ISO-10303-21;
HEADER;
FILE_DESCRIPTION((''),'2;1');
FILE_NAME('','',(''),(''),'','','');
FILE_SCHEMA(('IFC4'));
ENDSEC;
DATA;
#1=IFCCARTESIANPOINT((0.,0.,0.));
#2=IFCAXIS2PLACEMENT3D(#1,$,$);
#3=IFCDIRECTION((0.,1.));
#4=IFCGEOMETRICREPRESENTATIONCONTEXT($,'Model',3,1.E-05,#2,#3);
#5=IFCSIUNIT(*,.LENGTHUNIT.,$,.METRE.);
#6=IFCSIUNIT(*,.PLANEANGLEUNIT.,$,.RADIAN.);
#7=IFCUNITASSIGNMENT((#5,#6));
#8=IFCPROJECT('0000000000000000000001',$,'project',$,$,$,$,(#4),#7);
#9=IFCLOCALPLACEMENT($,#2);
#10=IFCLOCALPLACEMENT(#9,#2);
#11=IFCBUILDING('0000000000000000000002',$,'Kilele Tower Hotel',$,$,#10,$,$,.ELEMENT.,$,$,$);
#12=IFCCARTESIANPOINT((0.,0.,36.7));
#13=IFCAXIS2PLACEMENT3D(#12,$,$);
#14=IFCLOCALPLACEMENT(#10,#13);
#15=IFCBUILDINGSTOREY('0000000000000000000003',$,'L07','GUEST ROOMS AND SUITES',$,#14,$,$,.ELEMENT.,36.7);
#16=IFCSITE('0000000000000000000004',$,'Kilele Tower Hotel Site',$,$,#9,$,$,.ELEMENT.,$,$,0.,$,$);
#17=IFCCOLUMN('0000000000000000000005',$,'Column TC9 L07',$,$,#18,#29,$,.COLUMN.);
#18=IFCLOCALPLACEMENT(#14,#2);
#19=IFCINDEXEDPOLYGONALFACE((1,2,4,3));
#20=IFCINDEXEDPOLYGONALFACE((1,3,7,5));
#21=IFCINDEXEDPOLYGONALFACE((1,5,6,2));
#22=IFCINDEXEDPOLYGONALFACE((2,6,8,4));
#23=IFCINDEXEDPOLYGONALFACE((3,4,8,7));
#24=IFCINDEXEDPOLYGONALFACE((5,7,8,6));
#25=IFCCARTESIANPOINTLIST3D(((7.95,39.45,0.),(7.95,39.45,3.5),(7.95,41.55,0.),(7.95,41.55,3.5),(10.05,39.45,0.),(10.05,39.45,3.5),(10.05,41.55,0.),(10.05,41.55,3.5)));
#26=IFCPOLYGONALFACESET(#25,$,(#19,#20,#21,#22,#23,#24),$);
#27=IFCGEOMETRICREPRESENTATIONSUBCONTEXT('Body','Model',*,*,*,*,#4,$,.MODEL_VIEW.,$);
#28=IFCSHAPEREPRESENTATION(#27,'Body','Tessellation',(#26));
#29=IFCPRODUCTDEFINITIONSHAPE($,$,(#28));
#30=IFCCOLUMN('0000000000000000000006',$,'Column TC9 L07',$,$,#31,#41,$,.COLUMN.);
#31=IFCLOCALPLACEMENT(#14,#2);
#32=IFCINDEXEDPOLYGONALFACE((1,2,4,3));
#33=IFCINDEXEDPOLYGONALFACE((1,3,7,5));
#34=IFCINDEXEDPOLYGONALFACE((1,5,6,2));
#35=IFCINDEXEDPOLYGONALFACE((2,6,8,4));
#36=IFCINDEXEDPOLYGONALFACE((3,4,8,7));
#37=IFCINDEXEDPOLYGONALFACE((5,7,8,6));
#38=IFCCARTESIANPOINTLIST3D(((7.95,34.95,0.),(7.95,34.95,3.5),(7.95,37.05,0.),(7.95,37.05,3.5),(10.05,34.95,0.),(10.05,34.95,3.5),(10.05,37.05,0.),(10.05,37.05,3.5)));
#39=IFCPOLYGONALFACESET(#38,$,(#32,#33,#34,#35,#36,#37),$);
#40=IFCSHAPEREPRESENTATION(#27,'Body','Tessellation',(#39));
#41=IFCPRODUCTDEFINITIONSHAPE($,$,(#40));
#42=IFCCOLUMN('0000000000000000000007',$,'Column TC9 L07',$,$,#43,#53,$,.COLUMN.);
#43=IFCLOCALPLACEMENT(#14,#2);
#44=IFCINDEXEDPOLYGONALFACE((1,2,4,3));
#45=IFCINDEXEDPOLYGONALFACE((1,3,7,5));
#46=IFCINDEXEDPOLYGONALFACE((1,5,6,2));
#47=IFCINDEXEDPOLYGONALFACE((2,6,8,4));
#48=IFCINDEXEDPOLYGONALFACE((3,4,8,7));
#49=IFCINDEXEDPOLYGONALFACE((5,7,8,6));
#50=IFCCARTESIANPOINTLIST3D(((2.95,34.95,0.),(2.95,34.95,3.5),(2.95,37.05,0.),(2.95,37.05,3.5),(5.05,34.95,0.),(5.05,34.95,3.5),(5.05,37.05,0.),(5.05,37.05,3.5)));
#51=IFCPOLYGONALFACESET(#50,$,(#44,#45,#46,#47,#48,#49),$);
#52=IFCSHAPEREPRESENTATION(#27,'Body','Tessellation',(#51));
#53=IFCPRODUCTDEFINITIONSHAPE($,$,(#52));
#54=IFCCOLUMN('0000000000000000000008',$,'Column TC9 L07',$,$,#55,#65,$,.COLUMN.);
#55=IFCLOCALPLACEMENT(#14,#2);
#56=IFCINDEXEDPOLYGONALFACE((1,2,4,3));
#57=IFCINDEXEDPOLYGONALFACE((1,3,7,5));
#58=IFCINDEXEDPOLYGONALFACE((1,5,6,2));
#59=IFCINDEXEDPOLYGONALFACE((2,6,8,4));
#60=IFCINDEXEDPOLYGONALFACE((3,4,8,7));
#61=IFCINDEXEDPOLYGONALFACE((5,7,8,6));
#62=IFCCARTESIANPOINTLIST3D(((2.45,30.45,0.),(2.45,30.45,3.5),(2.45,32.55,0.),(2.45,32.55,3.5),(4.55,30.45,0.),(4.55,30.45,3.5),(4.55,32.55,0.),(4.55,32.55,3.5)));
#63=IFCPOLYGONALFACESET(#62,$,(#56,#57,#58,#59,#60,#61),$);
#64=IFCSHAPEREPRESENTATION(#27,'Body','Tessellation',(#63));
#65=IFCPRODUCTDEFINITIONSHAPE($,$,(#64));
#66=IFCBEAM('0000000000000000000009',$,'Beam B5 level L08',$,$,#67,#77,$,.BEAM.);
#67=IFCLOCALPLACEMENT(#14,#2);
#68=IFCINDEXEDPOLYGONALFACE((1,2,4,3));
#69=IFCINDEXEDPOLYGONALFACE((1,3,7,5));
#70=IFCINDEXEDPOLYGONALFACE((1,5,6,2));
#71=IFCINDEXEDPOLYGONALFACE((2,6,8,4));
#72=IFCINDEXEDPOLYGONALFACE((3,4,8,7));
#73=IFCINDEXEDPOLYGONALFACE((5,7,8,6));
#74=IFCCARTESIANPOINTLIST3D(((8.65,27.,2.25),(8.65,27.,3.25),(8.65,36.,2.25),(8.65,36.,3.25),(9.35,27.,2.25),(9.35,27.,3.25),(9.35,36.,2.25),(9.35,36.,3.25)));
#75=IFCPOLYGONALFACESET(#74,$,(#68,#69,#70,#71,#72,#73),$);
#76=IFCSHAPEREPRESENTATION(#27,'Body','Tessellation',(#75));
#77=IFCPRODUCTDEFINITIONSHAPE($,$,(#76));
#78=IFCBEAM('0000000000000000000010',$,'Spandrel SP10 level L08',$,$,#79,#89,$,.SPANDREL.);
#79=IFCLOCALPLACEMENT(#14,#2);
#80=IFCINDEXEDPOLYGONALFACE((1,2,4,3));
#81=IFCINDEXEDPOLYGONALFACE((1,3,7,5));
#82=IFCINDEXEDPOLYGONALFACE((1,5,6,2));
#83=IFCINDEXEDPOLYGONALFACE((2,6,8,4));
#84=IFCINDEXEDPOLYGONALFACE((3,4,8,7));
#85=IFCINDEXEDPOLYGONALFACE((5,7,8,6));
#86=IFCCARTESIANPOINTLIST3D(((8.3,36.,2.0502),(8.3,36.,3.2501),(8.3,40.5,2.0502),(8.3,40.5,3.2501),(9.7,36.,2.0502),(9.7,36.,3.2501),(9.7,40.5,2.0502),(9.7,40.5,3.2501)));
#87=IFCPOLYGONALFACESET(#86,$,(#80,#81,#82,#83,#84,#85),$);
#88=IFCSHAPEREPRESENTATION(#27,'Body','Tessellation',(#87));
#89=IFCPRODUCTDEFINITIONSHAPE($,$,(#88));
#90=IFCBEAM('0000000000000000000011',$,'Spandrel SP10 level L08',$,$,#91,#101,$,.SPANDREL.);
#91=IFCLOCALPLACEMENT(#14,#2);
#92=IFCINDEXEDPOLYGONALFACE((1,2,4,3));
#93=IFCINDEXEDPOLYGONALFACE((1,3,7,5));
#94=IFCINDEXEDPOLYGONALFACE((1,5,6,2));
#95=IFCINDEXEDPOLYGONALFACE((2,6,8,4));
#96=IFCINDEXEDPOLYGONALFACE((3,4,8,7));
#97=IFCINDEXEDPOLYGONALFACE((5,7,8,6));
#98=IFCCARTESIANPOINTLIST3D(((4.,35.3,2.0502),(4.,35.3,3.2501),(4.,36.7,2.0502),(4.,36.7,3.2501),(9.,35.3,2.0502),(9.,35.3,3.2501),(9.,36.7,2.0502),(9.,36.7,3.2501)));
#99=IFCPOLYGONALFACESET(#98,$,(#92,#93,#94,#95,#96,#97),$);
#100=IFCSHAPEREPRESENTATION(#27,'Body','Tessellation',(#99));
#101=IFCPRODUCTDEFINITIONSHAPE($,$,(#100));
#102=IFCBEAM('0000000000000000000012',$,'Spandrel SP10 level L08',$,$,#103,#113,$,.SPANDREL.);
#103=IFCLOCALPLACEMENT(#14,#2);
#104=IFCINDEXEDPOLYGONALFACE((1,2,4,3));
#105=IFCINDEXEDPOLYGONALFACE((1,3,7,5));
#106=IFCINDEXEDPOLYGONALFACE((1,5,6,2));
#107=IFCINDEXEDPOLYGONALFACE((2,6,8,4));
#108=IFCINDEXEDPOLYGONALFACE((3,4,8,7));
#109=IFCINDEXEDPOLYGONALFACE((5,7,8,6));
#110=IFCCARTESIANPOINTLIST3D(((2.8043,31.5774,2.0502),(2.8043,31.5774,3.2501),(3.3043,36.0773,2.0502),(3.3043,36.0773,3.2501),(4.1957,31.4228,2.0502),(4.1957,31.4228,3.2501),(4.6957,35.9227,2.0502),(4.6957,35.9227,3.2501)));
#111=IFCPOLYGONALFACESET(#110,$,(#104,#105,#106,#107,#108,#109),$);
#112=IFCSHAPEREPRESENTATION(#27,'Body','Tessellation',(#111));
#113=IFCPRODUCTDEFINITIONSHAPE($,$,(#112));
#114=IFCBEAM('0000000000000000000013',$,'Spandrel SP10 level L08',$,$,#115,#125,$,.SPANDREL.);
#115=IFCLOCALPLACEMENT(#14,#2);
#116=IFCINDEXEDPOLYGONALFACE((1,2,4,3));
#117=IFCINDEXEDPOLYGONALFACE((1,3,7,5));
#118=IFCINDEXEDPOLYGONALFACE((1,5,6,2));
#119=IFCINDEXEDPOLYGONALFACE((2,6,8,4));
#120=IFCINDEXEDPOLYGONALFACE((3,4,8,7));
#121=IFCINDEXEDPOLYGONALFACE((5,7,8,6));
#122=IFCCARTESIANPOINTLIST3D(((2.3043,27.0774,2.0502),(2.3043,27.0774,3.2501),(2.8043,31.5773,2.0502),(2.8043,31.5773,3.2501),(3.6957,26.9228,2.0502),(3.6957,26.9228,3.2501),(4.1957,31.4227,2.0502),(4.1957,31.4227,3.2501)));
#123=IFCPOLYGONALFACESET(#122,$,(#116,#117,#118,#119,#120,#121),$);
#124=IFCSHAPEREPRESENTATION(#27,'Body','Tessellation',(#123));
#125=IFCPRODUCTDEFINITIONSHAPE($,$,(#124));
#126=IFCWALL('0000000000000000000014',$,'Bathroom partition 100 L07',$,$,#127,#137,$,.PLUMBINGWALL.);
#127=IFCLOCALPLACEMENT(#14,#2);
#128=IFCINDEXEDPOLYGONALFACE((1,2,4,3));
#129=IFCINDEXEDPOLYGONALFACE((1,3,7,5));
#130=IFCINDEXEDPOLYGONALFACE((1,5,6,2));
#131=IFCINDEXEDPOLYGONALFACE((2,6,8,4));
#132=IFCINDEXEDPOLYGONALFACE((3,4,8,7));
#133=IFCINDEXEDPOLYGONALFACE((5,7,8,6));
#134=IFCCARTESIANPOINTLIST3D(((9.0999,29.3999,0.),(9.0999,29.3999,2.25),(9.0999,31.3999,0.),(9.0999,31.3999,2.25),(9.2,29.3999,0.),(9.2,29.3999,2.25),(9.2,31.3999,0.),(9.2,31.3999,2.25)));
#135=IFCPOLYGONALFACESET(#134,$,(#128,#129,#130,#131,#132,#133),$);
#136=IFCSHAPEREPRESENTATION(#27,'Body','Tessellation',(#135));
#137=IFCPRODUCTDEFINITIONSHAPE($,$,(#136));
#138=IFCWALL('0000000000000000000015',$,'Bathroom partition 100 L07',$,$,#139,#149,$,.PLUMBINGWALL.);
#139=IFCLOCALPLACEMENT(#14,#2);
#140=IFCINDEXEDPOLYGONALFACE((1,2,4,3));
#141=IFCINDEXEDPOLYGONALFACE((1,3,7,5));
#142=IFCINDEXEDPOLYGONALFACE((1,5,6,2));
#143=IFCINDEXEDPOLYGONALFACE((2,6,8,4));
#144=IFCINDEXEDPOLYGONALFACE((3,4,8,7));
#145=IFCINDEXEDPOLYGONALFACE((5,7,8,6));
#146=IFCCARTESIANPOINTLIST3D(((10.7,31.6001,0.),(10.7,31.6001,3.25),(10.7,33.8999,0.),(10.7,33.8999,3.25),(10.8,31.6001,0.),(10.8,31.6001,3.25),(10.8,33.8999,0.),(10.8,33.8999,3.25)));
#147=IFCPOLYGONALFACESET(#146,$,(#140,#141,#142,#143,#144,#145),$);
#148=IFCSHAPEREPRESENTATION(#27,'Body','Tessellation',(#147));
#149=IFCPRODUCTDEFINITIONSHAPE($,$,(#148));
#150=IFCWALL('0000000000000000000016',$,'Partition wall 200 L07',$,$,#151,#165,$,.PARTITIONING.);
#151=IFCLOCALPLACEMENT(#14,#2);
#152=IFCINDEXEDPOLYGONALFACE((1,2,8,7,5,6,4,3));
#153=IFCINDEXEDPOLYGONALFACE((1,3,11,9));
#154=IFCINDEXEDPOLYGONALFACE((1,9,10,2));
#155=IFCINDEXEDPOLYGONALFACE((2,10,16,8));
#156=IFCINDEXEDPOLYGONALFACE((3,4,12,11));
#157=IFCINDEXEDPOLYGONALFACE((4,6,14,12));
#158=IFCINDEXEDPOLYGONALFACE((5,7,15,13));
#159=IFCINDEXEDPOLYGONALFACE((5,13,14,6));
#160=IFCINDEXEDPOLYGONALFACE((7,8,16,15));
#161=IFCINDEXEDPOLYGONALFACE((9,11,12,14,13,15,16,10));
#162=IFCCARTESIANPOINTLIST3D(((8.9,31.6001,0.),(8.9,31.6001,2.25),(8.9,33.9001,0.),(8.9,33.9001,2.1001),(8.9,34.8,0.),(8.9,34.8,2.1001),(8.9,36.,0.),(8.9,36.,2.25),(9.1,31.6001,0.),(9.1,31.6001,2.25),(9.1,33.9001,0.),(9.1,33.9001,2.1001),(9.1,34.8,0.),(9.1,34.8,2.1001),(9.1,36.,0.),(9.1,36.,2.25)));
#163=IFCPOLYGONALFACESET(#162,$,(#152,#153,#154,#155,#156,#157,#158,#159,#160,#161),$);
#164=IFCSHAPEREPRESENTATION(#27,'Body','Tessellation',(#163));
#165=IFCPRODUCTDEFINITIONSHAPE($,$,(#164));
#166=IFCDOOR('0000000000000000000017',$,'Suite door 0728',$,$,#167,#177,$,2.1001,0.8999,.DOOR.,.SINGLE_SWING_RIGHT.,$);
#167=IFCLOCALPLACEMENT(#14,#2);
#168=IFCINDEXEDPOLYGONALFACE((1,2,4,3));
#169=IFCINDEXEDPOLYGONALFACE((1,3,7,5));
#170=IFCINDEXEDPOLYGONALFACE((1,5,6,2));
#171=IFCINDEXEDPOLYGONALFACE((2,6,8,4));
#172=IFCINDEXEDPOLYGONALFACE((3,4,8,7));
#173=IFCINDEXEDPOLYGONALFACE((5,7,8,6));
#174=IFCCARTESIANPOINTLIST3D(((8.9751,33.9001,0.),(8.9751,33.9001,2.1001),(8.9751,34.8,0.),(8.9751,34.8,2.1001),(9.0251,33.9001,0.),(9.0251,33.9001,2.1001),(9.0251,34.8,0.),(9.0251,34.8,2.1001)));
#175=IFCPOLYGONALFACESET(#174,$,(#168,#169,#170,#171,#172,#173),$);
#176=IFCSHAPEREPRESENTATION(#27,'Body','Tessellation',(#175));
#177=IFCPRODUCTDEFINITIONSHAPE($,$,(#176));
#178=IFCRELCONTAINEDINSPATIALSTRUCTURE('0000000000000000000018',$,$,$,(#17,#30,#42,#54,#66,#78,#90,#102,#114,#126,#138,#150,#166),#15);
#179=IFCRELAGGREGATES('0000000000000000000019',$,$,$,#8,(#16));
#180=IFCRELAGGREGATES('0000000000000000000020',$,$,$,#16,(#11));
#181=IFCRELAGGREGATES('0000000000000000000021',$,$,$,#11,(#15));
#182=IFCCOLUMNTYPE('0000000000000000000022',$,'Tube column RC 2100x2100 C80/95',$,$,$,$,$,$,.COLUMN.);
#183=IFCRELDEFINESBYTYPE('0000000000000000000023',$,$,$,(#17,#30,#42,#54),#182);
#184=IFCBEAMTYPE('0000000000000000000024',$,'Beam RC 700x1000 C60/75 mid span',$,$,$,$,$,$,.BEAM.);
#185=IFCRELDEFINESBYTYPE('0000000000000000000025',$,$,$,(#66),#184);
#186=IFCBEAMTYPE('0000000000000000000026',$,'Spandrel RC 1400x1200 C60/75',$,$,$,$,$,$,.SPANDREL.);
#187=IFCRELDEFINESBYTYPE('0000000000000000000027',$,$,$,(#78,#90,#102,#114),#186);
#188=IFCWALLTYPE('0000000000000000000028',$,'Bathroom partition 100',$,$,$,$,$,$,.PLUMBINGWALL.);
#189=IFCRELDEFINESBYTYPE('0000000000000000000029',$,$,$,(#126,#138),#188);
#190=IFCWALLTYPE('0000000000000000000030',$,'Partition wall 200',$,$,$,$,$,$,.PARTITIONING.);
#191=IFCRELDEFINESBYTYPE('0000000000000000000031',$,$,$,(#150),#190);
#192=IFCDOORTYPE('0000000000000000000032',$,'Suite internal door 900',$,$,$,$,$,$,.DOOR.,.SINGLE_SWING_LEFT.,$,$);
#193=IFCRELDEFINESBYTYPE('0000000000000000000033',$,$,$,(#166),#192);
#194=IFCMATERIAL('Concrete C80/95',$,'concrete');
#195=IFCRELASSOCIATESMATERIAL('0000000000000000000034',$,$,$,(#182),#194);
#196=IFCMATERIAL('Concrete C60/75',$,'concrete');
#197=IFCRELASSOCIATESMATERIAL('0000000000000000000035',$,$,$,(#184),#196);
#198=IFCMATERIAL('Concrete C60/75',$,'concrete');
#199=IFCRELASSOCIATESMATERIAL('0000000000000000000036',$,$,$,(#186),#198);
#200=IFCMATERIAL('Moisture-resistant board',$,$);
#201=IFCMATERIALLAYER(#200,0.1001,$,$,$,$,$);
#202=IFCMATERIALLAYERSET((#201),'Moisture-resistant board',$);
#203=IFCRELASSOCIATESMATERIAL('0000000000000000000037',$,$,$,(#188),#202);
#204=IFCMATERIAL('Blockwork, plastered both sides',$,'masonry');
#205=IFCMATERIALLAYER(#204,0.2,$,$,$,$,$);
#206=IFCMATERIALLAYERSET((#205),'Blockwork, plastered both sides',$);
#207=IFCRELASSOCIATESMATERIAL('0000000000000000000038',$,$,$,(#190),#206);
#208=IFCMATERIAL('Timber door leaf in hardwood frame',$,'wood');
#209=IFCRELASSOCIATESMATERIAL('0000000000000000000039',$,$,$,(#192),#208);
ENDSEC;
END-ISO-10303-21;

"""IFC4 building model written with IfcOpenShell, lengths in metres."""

from ifc_helpers import new_model, si_unit, direction, frame, frame_2d, origin, origin_2d, place, context, subcontext, project, spatial, rectangle, extrude, material, layer, layer_set, material_profile, profile_set, type_object, element, fill, save


model = new_model("IFC4")

# Units and contexts
model_context = context("Model", 3, precision=1e-05, world=origin(), true_north=direction((0.0, 1.0)))
body_context = subcontext(model_context, "Body", "Model", "MODEL_VIEW")
ifc_project = project(units=[si_unit("LENGTHUNIT", "METRE"), si_unit("PLANEANGLEUNIT", "RADIAN")], contexts=[model_context])

# Site, building, storey
site_placement = place(None, origin())
site = spatial("IfcSite", under=ifc_project, at=site_placement, Name="Kilele Tower Hotel Site", CompositionType="ELEMENT", RefElevation=0.0)
building_placement = place(site_placement, origin())
building = spatial("IfcBuilding", under=site, at=building_placement, Name="Kilele Tower Hotel", CompositionType="ELEMENT")
storey_placement = place(building_placement, frame((0.0, 0.0, 36.7)))
storey = spatial("IfcBuildingStorey", under=building, at=storey_placement, Name="L07", Description="GUEST ROOMS AND SUITES", CompositionType="ELEMENT", Elevation=36.7)

# Columns
ifc_material_1 = material(Name="Concrete C80/95", Category="concrete")
ifc_material_profile_1 = material_profile(ifc_material_1, rectangle(XDim=2.1001, YDim=2.1001, at=origin_2d()))
ifc_profile_set_1 = profile_set([ifc_material_profile_1], Name="Concrete C80/95")
column_type = type_object("IfcColumnType", Name="Tube column RC 2100x2100 C80/95", PredefinedType="COLUMN", material=ifc_profile_set_1)
for number, where, z_axis, x_axis, name in (
    (1, (9.0, 40.5, 0.0), (0.0, 0.0, 1.0), (1.0, 0.0, 0.0), "Column TC9 L07"),
    (2, (9.0, 36.0, 0.0), (0.0, 0.0, 1.0), (1.0, 0.0, 0.0), "Column TC9 L07"),
    (3, (4.0, 36.0, 0.0), (0.0, 0.0, 1.0), (1.0, 0.0, 0.0), "Column TC9 L07"),
    (4, (3.5, 31.5, 0.0), (0.0, 0.0, 1.0), (1.0, 0.0, 0.0), "Column TC9 L07"),
):
    element("IfcColumn", number, at=place(storey_placement, frame(where, z_axis=z_axis, x_axis=x_axis)), inside=storey, type_object=column_type, Name=name, PredefinedType="COLUMN", context=body_context, shape_type="SweptSolid", body=[
        extrude(rectangle(XDim=2.1001, YDim=2.1001, at=origin_2d()), origin(), (0.0, 0.0, 1.0), 3.5),
    ])

# Beams
ifc_material_2 = material(Name="Concrete C60/75", Category="concrete")
ifc_material_profile_2 = material_profile(ifc_material_2, rectangle(XDim=0.7, YDim=1.0, at=origin_2d()))
ifc_profile_set_2 = profile_set([ifc_material_profile_2], Name="Concrete C60/75")
beam_type_1 = type_object("IfcBeamType", Name="Beam RC 700x1000 C60/75 mid span", PredefinedType="BEAM", material=ifc_profile_set_2)
beam_1_placement = place(storey_placement, frame((9.0, 36.0, 2.75), z_axis=(0.0, -1.0, 0.0), x_axis=(1.0, 0.0, 0.0)))
element("IfcBeam", 5, at=beam_1_placement, inside=storey, type_object=beam_type_1, Name="Beam B5 level L08", PredefinedType="BEAM", context=body_context, shape_type="SweptSolid", body=[
    extrude(rectangle(XDim=0.7, YDim=1.0, at=origin_2d()), origin(), (0.0, 0.0, 1.0), 9.0),
])
ifc_material_3 = material(Name="Concrete C60/75", Category="concrete")
ifc_material_profile_3 = material_profile(ifc_material_3, rectangle(XDim=1.3999, YDim=1.2, at=origin_2d()))
ifc_profile_set_3 = profile_set([ifc_material_profile_3], Name="Concrete C60/75")
beam_type_2 = type_object("IfcBeamType", Name="Spandrel RC 1400x1200 C60/75", PredefinedType="SPANDREL", material=ifc_profile_set_3)
beam_2_placement = place(storey_placement, frame((9.0, 40.5, 2.6501), z_axis=(0.0, -1.0, 0.0), x_axis=(1.0, 0.0, 0.0)))
element("IfcBeam", 6, at=beam_2_placement, inside=storey, type_object=beam_type_2, Name="Spandrel SP10 level L08", PredefinedType="SPANDREL", context=body_context, shape_type="SweptSolid", body=[
    extrude(rectangle(XDim=1.3999, YDim=1.2, at=origin_2d()), origin(), (0.0, 0.0, 1.0), 4.5),
])
beam_3_placement = place(storey_placement, frame((9.0, 36.0, 2.6501), z_axis=(-1.0, 0.0, 0.0), x_axis=(0.0, -1.0, 0.0)))
element("IfcBeam", 7, at=beam_3_placement, inside=storey, type_object=beam_type_2, Name="Spandrel SP10 level L08", PredefinedType="SPANDREL", context=body_context, shape_type="SweptSolid", body=[
    extrude(rectangle(XDim=1.3999, YDim=1.2, at=origin_2d()), origin(), (0.0, 0.0, 1.0), 5.0),
])
for number, where, z_axis, x_axis, name in (
    (8, (4.0, 36.0, 2.6501), (-0.110432, -0.993884, 0.0), (0.993884, -0.110432, 0.0), "Spandrel SP10 level L08"),
    (9, (3.5, 31.5, 2.6501), (-0.110432, -0.993884, 0.0), (0.993884, -0.110432, 0.0), "Spandrel SP10 level L08"),
):
    element("IfcBeam", number, at=place(storey_placement, frame(where, z_axis=z_axis, x_axis=x_axis)), inside=storey, type_object=beam_type_2, Name=name, PredefinedType="SPANDREL", context=body_context, shape_type="SweptSolid", body=[
        extrude(rectangle(XDim=1.3999, YDim=1.2, at=origin_2d()), origin(), (0.0, 0.0, 1.0), 4.5276),
    ])

# Walls
ifc_material_4 = material(Name="Moisture-resistant board")
ifc_layer_1 = layer(ifc_material_4, 0.1001)
ifc_layer_set_1 = layer_set([ifc_layer_1], Name="Moisture-resistant board")
wall_type_1 = type_object("IfcWallType", Name="Bathroom partition 100", PredefinedType="PLUMBINGWALL", material=ifc_layer_set_1)
wall_1_placement = place(storey_placement, frame((9.1499, 31.3999, 0.0), z_axis=(0.0, 0.0, 1.0), x_axis=(0.0, -1.0, 0.0)))
element("IfcWall", 10, at=wall_1_placement, inside=storey, type_object=wall_type_1, Name="Bathroom partition 100 L07", PredefinedType="PLUMBINGWALL", context=body_context, shape_type="SweptSolid", body=[
    extrude(rectangle(XDim=2.0, YDim=0.1001, at=frame_2d((1.0, 0.0))), origin(), (0.0, 0.0, 1.0), 2.25),
])
wall_2_placement = place(storey_placement, frame((10.75, 31.6001, 0.0), z_axis=(0.0, 0.0, 1.0), x_axis=(0.0, 1.0, 0.0)))
element("IfcWall", 11, at=wall_2_placement, inside=storey, type_object=wall_type_1, Name="Bathroom partition 100 L07", PredefinedType="PLUMBINGWALL", context=body_context, shape_type="SweptSolid", body=[
    extrude(rectangle(XDim=2.2998, YDim=0.1001, at=frame_2d((1.1499, 0.0))), origin(), (0.0, 0.0, 1.0), 3.25),
])

# Wall, opening, door
ifc_material_5 = material(Name="Blockwork, plastered both sides", Category="masonry")
ifc_layer_2 = layer(ifc_material_5, 0.2)
ifc_layer_set_2 = layer_set([ifc_layer_2], Name="Blockwork, plastered both sides")
wall_type_2 = type_object("IfcWallType", Name="Partition wall 200", PredefinedType="PARTITIONING", material=ifc_layer_set_2)
wall_3_placement = place(storey_placement, frame((9.0, 31.6001, 0.0), z_axis=(0.0, 0.0, 1.0), x_axis=(0.0, 1.0, 0.0)))
wall_3 = element("IfcWall", 12, at=wall_3_placement, inside=storey, type_object=wall_type_2, Name="Partition wall 200 L07", PredefinedType="PARTITIONING", context=body_context, shape_type="SweptSolid", body=[
    extrude(rectangle(XDim=4.3999, YDim=0.2, at=frame_2d((2.2, 0.0))), origin(), (0.0, 0.0, 1.0), 2.25),
])
opening_1_placement = place(wall_3_placement, frame((2.3, 0.0, 0.0)))
opening_1 = element("IfcOpeningElement", 13, at=opening_1_placement, cuts=wall_3, PredefinedType="OPENING", context=body_context, shape_type="SweptSolid", body=[
    extrude(rectangle(XDim=0.8999, YDim=2.1001, at=frame_2d((0.45, 1.05))), frame((0.0, 0.1099, 0.0), z_axis=(0.0, -1.0, 0.0), x_axis=(1.0, 0.0, 0.0)), (0.0, 0.0, 1.0), 0.22),
])
ifc_material_6 = material(Name="Timber door leaf in hardwood frame", Category="wood")
door_type = type_object("IfcDoorType", Name="Suite internal door 900", OperationType="SINGLE_SWING_LEFT", PredefinedType="DOOR", material=ifc_material_6)
door_placement = place(opening_1_placement, origin())
door = element("IfcDoor", 14, at=door_placement, inside=storey, type_object=door_type, Name="Suite door 0728", OperationType="SINGLE_SWING_RIGHT", OverallHeight=2.1001, OverallWidth=0.8999, PredefinedType="DOOR", context=body_context, shape_type="SweptSolid", body=[
    extrude(rectangle(XDim=0.8999, YDim=2.1001, at=frame_2d((0.45, 1.05))), frame((0.0, 0.0249, 0.0), z_axis=(0.0, -1.0, 0.0), x_axis=(1.0, 0.0, 0.0)), (0.0, 0.0, 1.0), 0.05),
])
fill(opening_1, door)

save(model, "model.ifc")
